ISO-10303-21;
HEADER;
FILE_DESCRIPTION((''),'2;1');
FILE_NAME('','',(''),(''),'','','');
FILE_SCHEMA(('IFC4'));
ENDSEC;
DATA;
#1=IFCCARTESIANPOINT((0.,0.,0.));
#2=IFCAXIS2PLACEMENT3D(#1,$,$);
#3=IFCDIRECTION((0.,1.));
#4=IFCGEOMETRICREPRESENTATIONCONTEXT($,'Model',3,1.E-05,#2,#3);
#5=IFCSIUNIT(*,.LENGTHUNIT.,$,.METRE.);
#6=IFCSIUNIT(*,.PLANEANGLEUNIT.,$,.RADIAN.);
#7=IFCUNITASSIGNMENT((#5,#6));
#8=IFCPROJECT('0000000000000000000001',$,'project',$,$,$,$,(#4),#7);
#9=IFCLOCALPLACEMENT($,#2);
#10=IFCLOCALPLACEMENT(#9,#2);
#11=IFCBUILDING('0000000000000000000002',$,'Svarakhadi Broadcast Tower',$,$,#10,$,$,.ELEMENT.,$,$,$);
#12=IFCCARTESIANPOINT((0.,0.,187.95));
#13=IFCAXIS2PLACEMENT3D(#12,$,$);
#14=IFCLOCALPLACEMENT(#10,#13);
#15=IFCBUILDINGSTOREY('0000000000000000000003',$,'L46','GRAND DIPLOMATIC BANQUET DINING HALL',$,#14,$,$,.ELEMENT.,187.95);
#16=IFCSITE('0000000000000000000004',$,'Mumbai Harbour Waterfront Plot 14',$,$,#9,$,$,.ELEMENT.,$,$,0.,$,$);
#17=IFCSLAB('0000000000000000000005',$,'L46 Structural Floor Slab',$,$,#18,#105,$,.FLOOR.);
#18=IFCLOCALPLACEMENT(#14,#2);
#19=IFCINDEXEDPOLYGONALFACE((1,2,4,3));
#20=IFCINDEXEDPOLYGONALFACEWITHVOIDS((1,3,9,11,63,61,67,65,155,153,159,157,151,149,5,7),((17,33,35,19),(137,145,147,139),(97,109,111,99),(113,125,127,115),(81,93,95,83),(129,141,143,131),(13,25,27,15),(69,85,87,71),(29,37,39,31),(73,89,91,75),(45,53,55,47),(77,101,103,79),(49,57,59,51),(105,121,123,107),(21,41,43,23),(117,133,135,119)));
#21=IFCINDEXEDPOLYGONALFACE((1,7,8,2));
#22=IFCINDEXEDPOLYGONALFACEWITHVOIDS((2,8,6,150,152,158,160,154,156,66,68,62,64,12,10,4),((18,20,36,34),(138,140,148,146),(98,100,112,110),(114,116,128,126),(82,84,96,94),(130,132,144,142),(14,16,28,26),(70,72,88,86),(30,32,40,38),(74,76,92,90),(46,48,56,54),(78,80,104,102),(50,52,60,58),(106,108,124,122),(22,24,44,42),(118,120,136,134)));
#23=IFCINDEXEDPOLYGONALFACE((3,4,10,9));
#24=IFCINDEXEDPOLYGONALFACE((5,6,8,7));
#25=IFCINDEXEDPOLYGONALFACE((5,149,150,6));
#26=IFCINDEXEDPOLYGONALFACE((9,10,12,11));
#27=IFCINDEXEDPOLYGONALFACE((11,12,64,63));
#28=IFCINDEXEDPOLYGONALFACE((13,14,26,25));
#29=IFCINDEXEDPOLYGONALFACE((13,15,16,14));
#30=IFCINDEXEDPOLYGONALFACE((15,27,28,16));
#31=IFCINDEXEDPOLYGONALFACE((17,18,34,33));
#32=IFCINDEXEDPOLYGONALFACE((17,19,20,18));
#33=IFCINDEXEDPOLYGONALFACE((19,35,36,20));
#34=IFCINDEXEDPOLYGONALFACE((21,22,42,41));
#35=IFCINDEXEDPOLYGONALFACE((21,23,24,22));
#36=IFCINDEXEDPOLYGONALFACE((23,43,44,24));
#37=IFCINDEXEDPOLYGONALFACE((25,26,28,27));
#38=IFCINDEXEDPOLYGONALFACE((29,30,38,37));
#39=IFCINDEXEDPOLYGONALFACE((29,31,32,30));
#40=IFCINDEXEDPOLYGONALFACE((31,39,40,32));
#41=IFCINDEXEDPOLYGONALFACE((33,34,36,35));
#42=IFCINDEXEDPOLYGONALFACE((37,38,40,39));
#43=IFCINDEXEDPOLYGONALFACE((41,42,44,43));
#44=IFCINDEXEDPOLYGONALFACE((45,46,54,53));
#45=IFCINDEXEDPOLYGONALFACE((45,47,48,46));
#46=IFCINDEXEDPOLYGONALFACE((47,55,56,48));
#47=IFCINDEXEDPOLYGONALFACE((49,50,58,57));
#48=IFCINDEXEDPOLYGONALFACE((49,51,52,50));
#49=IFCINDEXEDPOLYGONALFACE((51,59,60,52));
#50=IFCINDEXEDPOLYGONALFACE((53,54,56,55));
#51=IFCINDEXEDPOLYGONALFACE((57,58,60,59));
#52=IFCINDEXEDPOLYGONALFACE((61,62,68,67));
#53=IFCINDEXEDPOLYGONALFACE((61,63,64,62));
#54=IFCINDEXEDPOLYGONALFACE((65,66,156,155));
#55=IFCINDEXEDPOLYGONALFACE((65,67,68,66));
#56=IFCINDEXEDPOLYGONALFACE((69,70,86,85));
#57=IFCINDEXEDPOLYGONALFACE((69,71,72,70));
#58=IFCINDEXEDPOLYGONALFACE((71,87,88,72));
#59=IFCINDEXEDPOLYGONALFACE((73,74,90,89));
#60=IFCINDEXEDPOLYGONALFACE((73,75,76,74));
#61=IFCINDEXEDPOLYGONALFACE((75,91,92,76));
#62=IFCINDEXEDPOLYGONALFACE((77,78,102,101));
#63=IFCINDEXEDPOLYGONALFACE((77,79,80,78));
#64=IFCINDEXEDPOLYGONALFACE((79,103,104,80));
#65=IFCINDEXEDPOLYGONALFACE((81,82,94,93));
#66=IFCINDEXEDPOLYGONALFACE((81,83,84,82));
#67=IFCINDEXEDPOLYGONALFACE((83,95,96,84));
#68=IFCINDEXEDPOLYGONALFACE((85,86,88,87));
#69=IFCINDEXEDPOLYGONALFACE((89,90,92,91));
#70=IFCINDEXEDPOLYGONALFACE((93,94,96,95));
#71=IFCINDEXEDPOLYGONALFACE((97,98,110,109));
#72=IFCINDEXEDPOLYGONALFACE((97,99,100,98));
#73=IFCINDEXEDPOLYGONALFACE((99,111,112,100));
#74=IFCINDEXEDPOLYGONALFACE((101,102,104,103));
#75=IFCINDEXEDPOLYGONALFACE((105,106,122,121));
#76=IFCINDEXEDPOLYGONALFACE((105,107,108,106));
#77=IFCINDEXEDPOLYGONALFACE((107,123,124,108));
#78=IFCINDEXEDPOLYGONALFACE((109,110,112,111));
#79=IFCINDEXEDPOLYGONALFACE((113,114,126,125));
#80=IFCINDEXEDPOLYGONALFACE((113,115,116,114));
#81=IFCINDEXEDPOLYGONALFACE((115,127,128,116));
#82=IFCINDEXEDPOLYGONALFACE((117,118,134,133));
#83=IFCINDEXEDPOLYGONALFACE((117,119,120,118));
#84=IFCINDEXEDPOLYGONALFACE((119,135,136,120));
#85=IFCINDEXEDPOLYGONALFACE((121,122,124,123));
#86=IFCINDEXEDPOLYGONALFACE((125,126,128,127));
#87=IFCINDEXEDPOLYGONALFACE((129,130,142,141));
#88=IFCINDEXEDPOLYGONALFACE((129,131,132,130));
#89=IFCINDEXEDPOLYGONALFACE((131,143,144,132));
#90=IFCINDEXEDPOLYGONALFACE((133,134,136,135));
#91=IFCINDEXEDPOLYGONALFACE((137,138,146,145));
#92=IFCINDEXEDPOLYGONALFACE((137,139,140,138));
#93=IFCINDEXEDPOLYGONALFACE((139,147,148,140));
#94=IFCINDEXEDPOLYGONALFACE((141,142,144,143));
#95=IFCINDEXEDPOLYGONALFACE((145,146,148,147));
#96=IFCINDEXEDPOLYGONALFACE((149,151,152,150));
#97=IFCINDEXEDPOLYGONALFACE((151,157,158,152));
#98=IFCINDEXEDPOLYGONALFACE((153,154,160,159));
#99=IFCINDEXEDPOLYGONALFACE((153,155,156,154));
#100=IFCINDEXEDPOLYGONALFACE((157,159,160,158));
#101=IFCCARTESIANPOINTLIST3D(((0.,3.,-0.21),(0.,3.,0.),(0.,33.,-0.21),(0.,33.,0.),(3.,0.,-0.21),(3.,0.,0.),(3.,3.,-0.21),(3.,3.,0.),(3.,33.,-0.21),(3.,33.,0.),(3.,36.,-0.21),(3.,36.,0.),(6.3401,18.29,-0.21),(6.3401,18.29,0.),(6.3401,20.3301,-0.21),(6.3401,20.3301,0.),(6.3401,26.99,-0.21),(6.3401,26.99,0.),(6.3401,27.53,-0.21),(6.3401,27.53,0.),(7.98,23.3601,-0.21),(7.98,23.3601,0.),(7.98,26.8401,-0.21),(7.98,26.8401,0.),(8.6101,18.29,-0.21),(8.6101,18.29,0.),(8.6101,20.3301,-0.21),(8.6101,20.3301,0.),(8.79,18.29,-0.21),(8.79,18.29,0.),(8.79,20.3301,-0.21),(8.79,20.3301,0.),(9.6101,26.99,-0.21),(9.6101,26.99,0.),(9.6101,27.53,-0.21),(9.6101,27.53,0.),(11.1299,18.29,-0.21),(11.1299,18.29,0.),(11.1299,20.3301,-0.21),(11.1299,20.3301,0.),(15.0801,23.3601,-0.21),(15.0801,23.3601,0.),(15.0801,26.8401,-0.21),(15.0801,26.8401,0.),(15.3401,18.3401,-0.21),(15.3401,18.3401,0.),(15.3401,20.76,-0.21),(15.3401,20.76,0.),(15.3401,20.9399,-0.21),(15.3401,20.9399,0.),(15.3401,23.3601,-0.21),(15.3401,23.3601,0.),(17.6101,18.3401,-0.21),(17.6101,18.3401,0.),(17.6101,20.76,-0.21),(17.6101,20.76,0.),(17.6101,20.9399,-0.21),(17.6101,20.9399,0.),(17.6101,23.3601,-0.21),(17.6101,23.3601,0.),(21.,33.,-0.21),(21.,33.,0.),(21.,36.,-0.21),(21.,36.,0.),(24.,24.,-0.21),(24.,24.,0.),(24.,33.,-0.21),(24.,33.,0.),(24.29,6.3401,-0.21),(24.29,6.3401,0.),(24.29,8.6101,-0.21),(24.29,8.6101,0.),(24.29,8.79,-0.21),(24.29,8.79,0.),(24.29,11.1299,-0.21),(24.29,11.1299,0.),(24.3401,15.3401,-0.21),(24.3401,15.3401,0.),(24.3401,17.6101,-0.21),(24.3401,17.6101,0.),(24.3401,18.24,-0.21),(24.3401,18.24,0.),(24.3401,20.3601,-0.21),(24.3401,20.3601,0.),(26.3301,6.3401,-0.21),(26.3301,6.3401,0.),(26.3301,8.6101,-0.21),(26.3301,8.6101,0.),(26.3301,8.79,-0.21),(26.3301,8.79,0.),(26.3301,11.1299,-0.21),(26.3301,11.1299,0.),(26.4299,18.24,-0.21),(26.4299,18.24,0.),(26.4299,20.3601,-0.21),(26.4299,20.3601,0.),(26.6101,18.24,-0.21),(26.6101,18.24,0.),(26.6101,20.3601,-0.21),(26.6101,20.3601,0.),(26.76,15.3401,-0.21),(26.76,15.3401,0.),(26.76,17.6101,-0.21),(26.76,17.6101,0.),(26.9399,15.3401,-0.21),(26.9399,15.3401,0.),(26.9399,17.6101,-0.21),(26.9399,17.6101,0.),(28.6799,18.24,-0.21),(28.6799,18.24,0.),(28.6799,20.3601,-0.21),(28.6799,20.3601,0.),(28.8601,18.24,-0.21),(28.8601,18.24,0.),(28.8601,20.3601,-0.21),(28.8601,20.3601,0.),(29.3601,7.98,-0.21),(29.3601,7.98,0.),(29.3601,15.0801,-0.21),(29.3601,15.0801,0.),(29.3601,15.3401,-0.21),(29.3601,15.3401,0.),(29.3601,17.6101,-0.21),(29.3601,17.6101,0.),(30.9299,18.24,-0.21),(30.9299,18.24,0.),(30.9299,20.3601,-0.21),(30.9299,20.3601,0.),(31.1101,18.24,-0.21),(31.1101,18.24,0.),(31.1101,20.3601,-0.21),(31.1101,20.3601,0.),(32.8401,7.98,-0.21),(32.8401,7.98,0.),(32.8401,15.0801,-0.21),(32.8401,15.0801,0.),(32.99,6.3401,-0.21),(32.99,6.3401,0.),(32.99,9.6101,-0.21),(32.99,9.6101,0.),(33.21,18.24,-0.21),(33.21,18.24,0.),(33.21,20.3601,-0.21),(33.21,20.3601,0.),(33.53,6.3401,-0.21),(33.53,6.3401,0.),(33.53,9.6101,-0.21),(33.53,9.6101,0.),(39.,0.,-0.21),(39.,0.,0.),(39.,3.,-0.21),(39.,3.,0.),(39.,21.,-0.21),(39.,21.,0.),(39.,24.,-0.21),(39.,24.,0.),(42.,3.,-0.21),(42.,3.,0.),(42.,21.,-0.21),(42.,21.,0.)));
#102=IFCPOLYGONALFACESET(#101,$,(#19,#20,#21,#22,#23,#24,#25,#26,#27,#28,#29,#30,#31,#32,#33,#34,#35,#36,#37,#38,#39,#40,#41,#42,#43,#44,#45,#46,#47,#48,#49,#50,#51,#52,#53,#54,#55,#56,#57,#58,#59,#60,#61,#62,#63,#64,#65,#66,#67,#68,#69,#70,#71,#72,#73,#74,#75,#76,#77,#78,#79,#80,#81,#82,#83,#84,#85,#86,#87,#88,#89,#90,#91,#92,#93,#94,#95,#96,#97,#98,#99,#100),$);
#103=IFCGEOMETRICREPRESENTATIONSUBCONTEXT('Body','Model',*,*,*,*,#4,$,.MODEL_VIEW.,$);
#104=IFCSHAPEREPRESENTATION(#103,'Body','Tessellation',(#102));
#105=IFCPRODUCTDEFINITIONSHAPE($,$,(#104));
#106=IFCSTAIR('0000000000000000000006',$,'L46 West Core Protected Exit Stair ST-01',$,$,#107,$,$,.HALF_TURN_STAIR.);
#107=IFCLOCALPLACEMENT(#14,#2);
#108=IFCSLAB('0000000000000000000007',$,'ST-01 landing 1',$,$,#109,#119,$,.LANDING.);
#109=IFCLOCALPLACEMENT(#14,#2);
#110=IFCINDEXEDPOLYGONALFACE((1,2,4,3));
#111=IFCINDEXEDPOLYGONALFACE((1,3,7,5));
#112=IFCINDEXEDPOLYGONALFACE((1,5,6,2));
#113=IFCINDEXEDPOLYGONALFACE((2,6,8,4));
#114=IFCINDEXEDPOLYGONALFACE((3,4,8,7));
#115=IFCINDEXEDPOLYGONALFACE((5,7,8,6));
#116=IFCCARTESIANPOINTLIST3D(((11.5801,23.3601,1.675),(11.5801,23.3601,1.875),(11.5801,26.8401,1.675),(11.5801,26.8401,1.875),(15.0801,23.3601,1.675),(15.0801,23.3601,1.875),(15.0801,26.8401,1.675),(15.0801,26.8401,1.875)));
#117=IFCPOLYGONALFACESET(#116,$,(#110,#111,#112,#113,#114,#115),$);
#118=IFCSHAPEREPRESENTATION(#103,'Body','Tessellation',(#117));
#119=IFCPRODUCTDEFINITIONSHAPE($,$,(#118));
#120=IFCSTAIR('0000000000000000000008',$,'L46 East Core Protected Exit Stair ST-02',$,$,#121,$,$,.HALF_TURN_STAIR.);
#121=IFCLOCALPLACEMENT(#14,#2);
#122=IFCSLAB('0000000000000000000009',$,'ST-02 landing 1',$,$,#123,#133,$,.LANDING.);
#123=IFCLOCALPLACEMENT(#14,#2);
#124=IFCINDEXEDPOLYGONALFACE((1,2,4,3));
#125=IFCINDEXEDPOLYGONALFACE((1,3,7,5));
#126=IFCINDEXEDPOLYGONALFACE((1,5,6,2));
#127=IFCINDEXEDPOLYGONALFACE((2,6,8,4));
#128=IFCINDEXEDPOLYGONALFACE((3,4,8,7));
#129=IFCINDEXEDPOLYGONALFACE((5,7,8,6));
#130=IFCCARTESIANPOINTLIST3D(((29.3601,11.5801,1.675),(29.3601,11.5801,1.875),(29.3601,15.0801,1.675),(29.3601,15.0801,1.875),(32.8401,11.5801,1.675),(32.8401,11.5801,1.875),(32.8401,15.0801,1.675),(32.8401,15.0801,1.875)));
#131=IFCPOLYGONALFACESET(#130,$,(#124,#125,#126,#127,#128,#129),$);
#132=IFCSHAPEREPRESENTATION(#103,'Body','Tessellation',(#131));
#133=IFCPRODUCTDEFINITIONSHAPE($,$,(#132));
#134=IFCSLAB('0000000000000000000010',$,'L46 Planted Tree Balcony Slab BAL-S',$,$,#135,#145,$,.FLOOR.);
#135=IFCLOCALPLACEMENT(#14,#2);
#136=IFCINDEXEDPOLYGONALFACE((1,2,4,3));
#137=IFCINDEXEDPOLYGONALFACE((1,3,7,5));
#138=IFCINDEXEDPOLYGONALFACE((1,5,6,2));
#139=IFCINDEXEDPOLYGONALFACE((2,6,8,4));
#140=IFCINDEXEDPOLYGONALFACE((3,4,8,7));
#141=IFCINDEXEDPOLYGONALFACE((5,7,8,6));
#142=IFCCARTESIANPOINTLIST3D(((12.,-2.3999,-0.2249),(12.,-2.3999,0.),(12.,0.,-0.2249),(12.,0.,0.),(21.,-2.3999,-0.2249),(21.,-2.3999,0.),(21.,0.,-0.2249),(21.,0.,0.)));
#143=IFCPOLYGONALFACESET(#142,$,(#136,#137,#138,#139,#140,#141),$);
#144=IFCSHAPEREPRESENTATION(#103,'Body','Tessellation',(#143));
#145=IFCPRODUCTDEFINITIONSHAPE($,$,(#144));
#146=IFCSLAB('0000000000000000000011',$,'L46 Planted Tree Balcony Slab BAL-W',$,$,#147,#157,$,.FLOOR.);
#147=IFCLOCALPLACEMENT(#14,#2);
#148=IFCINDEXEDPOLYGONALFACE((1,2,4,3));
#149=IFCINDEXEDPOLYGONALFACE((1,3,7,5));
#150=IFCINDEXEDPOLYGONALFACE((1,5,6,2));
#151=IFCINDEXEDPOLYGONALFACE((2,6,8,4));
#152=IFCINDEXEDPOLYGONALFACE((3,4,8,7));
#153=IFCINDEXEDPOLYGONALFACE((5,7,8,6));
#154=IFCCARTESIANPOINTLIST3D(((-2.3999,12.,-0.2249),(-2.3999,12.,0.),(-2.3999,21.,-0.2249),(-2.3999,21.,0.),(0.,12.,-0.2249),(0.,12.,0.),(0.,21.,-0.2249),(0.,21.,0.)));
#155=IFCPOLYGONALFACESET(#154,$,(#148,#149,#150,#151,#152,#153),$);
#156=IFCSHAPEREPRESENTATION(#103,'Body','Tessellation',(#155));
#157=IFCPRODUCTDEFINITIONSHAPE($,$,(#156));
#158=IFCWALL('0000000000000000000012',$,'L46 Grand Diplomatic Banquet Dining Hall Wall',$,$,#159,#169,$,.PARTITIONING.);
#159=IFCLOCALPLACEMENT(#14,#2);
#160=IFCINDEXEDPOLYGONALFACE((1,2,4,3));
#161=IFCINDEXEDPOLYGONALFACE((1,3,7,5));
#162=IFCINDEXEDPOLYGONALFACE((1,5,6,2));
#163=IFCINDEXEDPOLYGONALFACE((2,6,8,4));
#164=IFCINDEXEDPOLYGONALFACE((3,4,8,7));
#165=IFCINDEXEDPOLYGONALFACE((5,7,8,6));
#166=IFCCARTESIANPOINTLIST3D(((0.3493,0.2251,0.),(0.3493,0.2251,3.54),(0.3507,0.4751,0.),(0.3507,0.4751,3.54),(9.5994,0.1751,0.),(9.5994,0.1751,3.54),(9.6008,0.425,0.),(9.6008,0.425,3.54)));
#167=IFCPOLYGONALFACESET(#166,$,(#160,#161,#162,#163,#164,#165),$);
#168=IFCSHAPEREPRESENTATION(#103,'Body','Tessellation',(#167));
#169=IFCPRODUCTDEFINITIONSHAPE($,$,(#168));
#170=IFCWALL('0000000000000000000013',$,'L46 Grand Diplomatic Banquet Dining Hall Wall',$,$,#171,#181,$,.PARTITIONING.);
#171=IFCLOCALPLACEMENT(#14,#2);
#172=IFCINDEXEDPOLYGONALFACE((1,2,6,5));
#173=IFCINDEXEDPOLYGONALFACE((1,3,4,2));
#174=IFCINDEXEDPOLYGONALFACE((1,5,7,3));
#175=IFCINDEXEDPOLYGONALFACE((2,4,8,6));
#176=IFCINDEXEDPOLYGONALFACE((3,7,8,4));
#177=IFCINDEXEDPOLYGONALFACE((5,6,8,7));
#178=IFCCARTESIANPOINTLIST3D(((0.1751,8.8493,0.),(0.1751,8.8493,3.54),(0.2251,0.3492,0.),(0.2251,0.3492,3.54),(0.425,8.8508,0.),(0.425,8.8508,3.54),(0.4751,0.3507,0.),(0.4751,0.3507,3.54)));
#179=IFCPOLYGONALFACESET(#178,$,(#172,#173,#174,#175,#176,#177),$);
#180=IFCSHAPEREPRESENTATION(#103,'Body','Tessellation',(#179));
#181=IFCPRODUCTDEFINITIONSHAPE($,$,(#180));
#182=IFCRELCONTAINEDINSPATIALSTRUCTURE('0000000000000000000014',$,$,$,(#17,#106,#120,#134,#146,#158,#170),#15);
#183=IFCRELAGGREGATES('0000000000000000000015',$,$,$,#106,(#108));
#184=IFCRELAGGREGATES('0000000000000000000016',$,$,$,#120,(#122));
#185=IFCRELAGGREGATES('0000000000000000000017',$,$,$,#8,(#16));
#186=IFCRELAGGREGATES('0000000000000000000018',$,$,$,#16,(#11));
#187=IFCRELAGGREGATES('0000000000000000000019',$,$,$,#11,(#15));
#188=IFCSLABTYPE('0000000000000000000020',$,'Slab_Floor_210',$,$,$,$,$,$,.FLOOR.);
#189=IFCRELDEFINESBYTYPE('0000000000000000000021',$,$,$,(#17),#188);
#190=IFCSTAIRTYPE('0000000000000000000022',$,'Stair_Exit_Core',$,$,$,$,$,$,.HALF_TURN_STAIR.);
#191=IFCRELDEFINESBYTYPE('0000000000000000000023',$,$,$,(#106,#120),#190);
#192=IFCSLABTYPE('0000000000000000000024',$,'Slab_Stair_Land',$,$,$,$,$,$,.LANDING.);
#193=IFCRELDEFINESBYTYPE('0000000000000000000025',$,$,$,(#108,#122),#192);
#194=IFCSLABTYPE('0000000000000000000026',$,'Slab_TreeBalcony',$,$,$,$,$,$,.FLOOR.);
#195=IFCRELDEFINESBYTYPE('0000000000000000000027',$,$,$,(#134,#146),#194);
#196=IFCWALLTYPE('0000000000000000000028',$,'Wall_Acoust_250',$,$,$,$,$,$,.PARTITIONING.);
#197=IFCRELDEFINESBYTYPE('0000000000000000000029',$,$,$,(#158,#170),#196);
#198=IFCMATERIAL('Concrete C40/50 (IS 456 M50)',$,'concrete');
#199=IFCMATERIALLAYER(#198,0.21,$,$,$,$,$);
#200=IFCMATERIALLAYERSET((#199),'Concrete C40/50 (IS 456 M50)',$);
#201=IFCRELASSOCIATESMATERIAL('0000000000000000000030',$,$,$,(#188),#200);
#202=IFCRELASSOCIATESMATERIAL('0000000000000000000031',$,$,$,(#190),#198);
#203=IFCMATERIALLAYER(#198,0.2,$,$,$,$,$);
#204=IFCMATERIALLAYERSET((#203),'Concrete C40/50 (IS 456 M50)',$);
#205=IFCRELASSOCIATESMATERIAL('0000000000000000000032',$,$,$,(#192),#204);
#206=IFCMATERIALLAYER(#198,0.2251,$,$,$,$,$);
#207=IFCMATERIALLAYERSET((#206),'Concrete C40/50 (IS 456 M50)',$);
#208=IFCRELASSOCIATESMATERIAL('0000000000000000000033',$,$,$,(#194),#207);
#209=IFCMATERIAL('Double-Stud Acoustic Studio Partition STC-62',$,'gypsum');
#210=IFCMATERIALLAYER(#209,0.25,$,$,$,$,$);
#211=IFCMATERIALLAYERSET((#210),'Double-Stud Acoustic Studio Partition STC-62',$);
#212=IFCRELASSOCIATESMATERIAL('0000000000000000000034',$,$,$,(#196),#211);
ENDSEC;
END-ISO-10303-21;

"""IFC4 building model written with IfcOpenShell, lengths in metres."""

from ifc_helpers import new_model, si_unit, direction, frame, frame_2d, origin, place, context, subcontext, project, spatial, polyline, rectangle, outline, extrude, material, layer, layer_set, type_object, element, aggregate, save


model = new_model("IFC4")

# Units and contexts
model_context = context("Model", 3, precision=1e-05, world=origin(), true_north=direction((0.0, 1.0)))
body_context = subcontext(model_context, "Body", "Model", "MODEL_VIEW")
ifc_project = project(units=[si_unit("LENGTHUNIT", "METRE"), si_unit("PLANEANGLEUNIT", "RADIAN")], contexts=[model_context])

# Site, building, storey
site_placement = place(None, origin())
site = spatial("IfcSite", under=ifc_project, at=site_placement, Name="Mumbai Harbour Waterfront Plot 14", CompositionType="ELEMENT", RefElevation=0.0)
building_placement = place(site_placement, origin())
building = spatial("IfcBuilding", under=site, at=building_placement, Name="Svarakhadi Broadcast Tower", CompositionType="ELEMENT")
storey_placement = place(building_placement, frame((0.0, 0.0, 187.95)))
storey = spatial("IfcBuildingStorey", under=building, at=storey_placement, Name="L46", Description="GRAND DIPLOMATIC BANQUET DINING HALL", CompositionType="ELEMENT", Elevation=187.95)

# Slab
ifc_material_1 = material(Name="Concrete C40/50 (IS 456 M50)", Category="concrete")
ifc_layer_1 = layer(ifc_material_1, 0.21)
ifc_layer_set_1 = layer_set([ifc_layer_1], Name="Concrete C40/50 (IS 456 M50)")
slab_type_1 = type_object("IfcSlabType", Name="Slab_Floor_210", PredefinedType="FLOOR", material=ifc_layer_set_1)
slab_1_placement = place(storey_placement, frame((0.0, 0.0, -0.21)))
element("IfcSlab", 1, at=slab_1_placement, inside=storey, type_object=slab_type_1, Name="L46 Structural Floor Slab", PredefinedType="FLOOR", context=body_context, shape_type="SweptSolid", body=[
    extrude(outline(polyline([(3.0, 0.0), (39.0, 0.0), (39.0, 3.0), (42.0, 3.0), (42.0, 21.0), (39.0, 21.0), (39.0, 24.0), (24.0, 24.0), (24.0, 33.0), (21.0, 33.0), (21.0, 36.0), (3.0, 36.0), (3.0, 33.0), (0.0, 33.0), (0.0, 3.0), (3.0, 3.0), (3.0, 0.0)]), holes=[polyline([(7.98, 23.3601), (15.0801, 23.3601), (15.0801, 26.8401), (7.98, 26.8401), (7.98, 23.3601)]), polyline([(32.8401, 7.98), (32.8401, 15.0801), (29.3601, 15.0801), (29.3601, 7.98), (32.8401, 7.98)]), polyline([(6.3401, 18.29), (8.6101, 18.29), (8.6101, 20.3301), (6.3401, 20.3301), (6.3401, 18.29)]), polyline([(8.79, 18.29), (11.1299, 18.29), (11.1299, 20.3301), (8.79, 20.3301), (8.79, 18.29)]), polyline([(24.29, 6.3401), (26.3301, 6.3401), (26.3301, 8.6101), (24.29, 8.6101), (24.29, 6.3401)]), polyline([(24.29, 8.79), (26.3301, 8.79), (26.3301, 11.1299), (24.29, 11.1299), (24.29, 8.79)]), polyline([(6.3401, 26.99), (9.6101, 26.99), (9.6101, 27.53), (6.3401, 27.53), (6.3401, 26.99)]), polyline([(32.99, 6.3401), (33.53, 6.3401), (33.53, 9.6101), (32.99, 9.6101), (32.99, 6.3401)]), polyline([(15.3401, 18.3401), (17.6101, 18.3401), (17.6101, 20.76), (15.3401, 20.76), (15.3401, 18.3401)]), polyline([(15.3401, 20.9399), (17.6101, 20.9399), (17.6101, 23.3601), (15.3401, 23.3601), (15.3401, 20.9399)]), polyline([(24.3401, 15.3401), (26.76, 15.3401), (26.76, 17.6101), (24.3401, 17.6101), (24.3401, 15.3401)]), polyline([(26.9399, 15.3401), (29.3601, 15.3401), (29.3601, 17.6101), (26.9399, 17.6101), (26.9399, 15.3401)]), polyline([(24.3401, 18.24), (26.4299, 18.24), (26.4299, 20.3601), (24.3401, 20.3601), (24.3401, 18.24)]), polyline([(26.6101, 18.24), (28.6799, 18.24), (28.6799, 20.3601), (26.6101, 20.3601), (26.6101, 18.24)]), polyline([(28.8601, 18.24), (30.9299, 18.24), (30.9299, 20.3601), (28.8601, 20.3601), (28.8601, 18.24)]), polyline([(31.1101, 18.24), (33.21, 18.24), (33.21, 20.3601), (31.1101, 20.3601), (31.1101, 18.24)])]), origin(), (0.0, 0.0, 1.0), 0.21),
])

# Stairs, slabs
stair_type = type_object("IfcStairType", Name="Stair_Exit_Core", PredefinedType="HALF_TURN_STAIR", material=ifc_material_1)
stair_1_placement = place(storey_placement, origin())
stair_1 = element("IfcStair", 2, at=stair_1_placement, inside=storey, type_object=stair_type, Name="L46 West Core Protected Exit Stair ST-01", PredefinedType="HALF_TURN_STAIR")
ifc_layer_2 = layer(ifc_material_1, 0.2)
ifc_layer_set_2 = layer_set([ifc_layer_2], Name="Concrete C40/50 (IS 456 M50)")
slab_type_2 = type_object("IfcSlabType", Name="Slab_Stair_Land", PredefinedType="LANDING", material=ifc_layer_set_2)
slab_2_placement = place(storey_placement, frame((0.0, 0.0, 1.675)))
slab_2 = element("IfcSlab", 3, at=slab_2_placement, type_object=slab_type_2, Name="ST-01 landing 1", PredefinedType="LANDING", context=body_context, shape_type="SweptSolid", body=[
    extrude(outline(polyline([(11.5801, 23.3601), (15.0801, 23.3601), (15.0801, 26.8401), (11.5801, 26.8401), (11.5801, 23.3601)])), origin(), (0.0, 0.0, 1.0), 0.2),
])
aggregate(stair_1, [slab_2])
stair_2_placement = place(storey_placement, origin())
stair_2 = element("IfcStair", 4, at=stair_2_placement, inside=storey, type_object=stair_type, Name="L46 East Core Protected Exit Stair ST-02", PredefinedType="HALF_TURN_STAIR")
slab_3_placement = place(storey_placement, frame((0.0, 0.0, 1.675)))
slab_3 = element("IfcSlab", 5, at=slab_3_placement, type_object=slab_type_2, Name="ST-02 landing 1", PredefinedType="LANDING", context=body_context, shape_type="SweptSolid", body=[
    extrude(outline(polyline([(32.8401, 11.5801), (32.8401, 15.0801), (29.3601, 15.0801), (29.3601, 11.5801), (32.8401, 11.5801)])), origin(), (0.0, 0.0, 1.0), 0.2),
])
aggregate(stair_2, [slab_3])

# Slabs
ifc_layer_3 = layer(ifc_material_1, 0.2251)
ifc_layer_set_3 = layer_set([ifc_layer_3], Name="Concrete C40/50 (IS 456 M50)")
slab_type_3 = type_object("IfcSlabType", Name="Slab_TreeBalcony", PredefinedType="FLOOR", material=ifc_layer_set_3)
slab_4_placement = place(storey_placement, frame((0.0, 0.0, -0.2249)))
element("IfcSlab", 6, at=slab_4_placement, inside=storey, type_object=slab_type_3, Name="L46 Planted Tree Balcony Slab BAL-S", PredefinedType="FLOOR", context=body_context, shape_type="SweptSolid", body=[
    extrude(outline(polyline([(12.0, -2.3999), (21.0, -2.3999), (21.0, 0.0), (12.0, 0.0), (12.0, -2.3999)])), origin(), (0.0, 0.0, 1.0), 0.2249),
])
slab_5_placement = place(storey_placement, frame((0.0, 0.0, -0.2249)))
element("IfcSlab", 7, at=slab_5_placement, inside=storey, type_object=slab_type_3, Name="L46 Planted Tree Balcony Slab BAL-W", PredefinedType="FLOOR", context=body_context, shape_type="SweptSolid", body=[
    extrude(outline(polyline([(-2.3999, 12.0), (0.0, 12.0), (0.0, 21.0), (-2.3999, 21.0), (-2.3999, 12.0)])), origin(), (0.0, 0.0, 1.0), 0.2249),
])

# Walls
ifc_material_2 = material(Name="Double-Stud Acoustic Studio Partition STC-62", Category="gypsum")
ifc_layer_4 = layer(ifc_material_2, 0.25)
ifc_layer_set_4 = layer_set([ifc_layer_4], Name="Double-Stud Acoustic Studio Partition STC-62")
wall_type = type_object("IfcWallType", Name="Wall_Acoust_250", PredefinedType="PARTITIONING", material=ifc_layer_set_4)
wall_1_placement = place(storey_placement, frame((0.3501, 0.3501, 0.0), z_axis=(0.0, 0.0, 1.0), x_axis=(0.999985, -0.005411, 0.0)))
element("IfcWall", 8, at=wall_1_placement, inside=storey, type_object=wall_type, Name="L46 Grand Diplomatic Banquet Dining Hall Wall", PredefinedType="PARTITIONING", context=body_context, shape_type="SweptSolid", body=[
    extrude(rectangle(XDim=9.2502, YDim=0.25, at=frame_2d((4.625, 0.0))), origin(), (0.0, 0.0, 1.0), 3.54),
])
wall_2_placement = place(storey_placement, frame((0.3501, 0.3501, 0.0), z_axis=(0.0, 0.0, 1.0), x_axis=(-0.005888, 0.999983, 0.0)))
element("IfcWall", 9, at=wall_2_placement, inside=storey, type_object=wall_type, Name="L46 Grand Diplomatic Banquet Dining Hall Wall", PredefinedType="PARTITIONING", context=body_context, shape_type="SweptSolid", body=[
    extrude(rectangle(XDim=8.5002, YDim=0.25, at=frame_2d((4.25, 0.0))), origin(), (0.0, 0.0, 1.0), 3.54),
])

save(model, "model.ifc")
